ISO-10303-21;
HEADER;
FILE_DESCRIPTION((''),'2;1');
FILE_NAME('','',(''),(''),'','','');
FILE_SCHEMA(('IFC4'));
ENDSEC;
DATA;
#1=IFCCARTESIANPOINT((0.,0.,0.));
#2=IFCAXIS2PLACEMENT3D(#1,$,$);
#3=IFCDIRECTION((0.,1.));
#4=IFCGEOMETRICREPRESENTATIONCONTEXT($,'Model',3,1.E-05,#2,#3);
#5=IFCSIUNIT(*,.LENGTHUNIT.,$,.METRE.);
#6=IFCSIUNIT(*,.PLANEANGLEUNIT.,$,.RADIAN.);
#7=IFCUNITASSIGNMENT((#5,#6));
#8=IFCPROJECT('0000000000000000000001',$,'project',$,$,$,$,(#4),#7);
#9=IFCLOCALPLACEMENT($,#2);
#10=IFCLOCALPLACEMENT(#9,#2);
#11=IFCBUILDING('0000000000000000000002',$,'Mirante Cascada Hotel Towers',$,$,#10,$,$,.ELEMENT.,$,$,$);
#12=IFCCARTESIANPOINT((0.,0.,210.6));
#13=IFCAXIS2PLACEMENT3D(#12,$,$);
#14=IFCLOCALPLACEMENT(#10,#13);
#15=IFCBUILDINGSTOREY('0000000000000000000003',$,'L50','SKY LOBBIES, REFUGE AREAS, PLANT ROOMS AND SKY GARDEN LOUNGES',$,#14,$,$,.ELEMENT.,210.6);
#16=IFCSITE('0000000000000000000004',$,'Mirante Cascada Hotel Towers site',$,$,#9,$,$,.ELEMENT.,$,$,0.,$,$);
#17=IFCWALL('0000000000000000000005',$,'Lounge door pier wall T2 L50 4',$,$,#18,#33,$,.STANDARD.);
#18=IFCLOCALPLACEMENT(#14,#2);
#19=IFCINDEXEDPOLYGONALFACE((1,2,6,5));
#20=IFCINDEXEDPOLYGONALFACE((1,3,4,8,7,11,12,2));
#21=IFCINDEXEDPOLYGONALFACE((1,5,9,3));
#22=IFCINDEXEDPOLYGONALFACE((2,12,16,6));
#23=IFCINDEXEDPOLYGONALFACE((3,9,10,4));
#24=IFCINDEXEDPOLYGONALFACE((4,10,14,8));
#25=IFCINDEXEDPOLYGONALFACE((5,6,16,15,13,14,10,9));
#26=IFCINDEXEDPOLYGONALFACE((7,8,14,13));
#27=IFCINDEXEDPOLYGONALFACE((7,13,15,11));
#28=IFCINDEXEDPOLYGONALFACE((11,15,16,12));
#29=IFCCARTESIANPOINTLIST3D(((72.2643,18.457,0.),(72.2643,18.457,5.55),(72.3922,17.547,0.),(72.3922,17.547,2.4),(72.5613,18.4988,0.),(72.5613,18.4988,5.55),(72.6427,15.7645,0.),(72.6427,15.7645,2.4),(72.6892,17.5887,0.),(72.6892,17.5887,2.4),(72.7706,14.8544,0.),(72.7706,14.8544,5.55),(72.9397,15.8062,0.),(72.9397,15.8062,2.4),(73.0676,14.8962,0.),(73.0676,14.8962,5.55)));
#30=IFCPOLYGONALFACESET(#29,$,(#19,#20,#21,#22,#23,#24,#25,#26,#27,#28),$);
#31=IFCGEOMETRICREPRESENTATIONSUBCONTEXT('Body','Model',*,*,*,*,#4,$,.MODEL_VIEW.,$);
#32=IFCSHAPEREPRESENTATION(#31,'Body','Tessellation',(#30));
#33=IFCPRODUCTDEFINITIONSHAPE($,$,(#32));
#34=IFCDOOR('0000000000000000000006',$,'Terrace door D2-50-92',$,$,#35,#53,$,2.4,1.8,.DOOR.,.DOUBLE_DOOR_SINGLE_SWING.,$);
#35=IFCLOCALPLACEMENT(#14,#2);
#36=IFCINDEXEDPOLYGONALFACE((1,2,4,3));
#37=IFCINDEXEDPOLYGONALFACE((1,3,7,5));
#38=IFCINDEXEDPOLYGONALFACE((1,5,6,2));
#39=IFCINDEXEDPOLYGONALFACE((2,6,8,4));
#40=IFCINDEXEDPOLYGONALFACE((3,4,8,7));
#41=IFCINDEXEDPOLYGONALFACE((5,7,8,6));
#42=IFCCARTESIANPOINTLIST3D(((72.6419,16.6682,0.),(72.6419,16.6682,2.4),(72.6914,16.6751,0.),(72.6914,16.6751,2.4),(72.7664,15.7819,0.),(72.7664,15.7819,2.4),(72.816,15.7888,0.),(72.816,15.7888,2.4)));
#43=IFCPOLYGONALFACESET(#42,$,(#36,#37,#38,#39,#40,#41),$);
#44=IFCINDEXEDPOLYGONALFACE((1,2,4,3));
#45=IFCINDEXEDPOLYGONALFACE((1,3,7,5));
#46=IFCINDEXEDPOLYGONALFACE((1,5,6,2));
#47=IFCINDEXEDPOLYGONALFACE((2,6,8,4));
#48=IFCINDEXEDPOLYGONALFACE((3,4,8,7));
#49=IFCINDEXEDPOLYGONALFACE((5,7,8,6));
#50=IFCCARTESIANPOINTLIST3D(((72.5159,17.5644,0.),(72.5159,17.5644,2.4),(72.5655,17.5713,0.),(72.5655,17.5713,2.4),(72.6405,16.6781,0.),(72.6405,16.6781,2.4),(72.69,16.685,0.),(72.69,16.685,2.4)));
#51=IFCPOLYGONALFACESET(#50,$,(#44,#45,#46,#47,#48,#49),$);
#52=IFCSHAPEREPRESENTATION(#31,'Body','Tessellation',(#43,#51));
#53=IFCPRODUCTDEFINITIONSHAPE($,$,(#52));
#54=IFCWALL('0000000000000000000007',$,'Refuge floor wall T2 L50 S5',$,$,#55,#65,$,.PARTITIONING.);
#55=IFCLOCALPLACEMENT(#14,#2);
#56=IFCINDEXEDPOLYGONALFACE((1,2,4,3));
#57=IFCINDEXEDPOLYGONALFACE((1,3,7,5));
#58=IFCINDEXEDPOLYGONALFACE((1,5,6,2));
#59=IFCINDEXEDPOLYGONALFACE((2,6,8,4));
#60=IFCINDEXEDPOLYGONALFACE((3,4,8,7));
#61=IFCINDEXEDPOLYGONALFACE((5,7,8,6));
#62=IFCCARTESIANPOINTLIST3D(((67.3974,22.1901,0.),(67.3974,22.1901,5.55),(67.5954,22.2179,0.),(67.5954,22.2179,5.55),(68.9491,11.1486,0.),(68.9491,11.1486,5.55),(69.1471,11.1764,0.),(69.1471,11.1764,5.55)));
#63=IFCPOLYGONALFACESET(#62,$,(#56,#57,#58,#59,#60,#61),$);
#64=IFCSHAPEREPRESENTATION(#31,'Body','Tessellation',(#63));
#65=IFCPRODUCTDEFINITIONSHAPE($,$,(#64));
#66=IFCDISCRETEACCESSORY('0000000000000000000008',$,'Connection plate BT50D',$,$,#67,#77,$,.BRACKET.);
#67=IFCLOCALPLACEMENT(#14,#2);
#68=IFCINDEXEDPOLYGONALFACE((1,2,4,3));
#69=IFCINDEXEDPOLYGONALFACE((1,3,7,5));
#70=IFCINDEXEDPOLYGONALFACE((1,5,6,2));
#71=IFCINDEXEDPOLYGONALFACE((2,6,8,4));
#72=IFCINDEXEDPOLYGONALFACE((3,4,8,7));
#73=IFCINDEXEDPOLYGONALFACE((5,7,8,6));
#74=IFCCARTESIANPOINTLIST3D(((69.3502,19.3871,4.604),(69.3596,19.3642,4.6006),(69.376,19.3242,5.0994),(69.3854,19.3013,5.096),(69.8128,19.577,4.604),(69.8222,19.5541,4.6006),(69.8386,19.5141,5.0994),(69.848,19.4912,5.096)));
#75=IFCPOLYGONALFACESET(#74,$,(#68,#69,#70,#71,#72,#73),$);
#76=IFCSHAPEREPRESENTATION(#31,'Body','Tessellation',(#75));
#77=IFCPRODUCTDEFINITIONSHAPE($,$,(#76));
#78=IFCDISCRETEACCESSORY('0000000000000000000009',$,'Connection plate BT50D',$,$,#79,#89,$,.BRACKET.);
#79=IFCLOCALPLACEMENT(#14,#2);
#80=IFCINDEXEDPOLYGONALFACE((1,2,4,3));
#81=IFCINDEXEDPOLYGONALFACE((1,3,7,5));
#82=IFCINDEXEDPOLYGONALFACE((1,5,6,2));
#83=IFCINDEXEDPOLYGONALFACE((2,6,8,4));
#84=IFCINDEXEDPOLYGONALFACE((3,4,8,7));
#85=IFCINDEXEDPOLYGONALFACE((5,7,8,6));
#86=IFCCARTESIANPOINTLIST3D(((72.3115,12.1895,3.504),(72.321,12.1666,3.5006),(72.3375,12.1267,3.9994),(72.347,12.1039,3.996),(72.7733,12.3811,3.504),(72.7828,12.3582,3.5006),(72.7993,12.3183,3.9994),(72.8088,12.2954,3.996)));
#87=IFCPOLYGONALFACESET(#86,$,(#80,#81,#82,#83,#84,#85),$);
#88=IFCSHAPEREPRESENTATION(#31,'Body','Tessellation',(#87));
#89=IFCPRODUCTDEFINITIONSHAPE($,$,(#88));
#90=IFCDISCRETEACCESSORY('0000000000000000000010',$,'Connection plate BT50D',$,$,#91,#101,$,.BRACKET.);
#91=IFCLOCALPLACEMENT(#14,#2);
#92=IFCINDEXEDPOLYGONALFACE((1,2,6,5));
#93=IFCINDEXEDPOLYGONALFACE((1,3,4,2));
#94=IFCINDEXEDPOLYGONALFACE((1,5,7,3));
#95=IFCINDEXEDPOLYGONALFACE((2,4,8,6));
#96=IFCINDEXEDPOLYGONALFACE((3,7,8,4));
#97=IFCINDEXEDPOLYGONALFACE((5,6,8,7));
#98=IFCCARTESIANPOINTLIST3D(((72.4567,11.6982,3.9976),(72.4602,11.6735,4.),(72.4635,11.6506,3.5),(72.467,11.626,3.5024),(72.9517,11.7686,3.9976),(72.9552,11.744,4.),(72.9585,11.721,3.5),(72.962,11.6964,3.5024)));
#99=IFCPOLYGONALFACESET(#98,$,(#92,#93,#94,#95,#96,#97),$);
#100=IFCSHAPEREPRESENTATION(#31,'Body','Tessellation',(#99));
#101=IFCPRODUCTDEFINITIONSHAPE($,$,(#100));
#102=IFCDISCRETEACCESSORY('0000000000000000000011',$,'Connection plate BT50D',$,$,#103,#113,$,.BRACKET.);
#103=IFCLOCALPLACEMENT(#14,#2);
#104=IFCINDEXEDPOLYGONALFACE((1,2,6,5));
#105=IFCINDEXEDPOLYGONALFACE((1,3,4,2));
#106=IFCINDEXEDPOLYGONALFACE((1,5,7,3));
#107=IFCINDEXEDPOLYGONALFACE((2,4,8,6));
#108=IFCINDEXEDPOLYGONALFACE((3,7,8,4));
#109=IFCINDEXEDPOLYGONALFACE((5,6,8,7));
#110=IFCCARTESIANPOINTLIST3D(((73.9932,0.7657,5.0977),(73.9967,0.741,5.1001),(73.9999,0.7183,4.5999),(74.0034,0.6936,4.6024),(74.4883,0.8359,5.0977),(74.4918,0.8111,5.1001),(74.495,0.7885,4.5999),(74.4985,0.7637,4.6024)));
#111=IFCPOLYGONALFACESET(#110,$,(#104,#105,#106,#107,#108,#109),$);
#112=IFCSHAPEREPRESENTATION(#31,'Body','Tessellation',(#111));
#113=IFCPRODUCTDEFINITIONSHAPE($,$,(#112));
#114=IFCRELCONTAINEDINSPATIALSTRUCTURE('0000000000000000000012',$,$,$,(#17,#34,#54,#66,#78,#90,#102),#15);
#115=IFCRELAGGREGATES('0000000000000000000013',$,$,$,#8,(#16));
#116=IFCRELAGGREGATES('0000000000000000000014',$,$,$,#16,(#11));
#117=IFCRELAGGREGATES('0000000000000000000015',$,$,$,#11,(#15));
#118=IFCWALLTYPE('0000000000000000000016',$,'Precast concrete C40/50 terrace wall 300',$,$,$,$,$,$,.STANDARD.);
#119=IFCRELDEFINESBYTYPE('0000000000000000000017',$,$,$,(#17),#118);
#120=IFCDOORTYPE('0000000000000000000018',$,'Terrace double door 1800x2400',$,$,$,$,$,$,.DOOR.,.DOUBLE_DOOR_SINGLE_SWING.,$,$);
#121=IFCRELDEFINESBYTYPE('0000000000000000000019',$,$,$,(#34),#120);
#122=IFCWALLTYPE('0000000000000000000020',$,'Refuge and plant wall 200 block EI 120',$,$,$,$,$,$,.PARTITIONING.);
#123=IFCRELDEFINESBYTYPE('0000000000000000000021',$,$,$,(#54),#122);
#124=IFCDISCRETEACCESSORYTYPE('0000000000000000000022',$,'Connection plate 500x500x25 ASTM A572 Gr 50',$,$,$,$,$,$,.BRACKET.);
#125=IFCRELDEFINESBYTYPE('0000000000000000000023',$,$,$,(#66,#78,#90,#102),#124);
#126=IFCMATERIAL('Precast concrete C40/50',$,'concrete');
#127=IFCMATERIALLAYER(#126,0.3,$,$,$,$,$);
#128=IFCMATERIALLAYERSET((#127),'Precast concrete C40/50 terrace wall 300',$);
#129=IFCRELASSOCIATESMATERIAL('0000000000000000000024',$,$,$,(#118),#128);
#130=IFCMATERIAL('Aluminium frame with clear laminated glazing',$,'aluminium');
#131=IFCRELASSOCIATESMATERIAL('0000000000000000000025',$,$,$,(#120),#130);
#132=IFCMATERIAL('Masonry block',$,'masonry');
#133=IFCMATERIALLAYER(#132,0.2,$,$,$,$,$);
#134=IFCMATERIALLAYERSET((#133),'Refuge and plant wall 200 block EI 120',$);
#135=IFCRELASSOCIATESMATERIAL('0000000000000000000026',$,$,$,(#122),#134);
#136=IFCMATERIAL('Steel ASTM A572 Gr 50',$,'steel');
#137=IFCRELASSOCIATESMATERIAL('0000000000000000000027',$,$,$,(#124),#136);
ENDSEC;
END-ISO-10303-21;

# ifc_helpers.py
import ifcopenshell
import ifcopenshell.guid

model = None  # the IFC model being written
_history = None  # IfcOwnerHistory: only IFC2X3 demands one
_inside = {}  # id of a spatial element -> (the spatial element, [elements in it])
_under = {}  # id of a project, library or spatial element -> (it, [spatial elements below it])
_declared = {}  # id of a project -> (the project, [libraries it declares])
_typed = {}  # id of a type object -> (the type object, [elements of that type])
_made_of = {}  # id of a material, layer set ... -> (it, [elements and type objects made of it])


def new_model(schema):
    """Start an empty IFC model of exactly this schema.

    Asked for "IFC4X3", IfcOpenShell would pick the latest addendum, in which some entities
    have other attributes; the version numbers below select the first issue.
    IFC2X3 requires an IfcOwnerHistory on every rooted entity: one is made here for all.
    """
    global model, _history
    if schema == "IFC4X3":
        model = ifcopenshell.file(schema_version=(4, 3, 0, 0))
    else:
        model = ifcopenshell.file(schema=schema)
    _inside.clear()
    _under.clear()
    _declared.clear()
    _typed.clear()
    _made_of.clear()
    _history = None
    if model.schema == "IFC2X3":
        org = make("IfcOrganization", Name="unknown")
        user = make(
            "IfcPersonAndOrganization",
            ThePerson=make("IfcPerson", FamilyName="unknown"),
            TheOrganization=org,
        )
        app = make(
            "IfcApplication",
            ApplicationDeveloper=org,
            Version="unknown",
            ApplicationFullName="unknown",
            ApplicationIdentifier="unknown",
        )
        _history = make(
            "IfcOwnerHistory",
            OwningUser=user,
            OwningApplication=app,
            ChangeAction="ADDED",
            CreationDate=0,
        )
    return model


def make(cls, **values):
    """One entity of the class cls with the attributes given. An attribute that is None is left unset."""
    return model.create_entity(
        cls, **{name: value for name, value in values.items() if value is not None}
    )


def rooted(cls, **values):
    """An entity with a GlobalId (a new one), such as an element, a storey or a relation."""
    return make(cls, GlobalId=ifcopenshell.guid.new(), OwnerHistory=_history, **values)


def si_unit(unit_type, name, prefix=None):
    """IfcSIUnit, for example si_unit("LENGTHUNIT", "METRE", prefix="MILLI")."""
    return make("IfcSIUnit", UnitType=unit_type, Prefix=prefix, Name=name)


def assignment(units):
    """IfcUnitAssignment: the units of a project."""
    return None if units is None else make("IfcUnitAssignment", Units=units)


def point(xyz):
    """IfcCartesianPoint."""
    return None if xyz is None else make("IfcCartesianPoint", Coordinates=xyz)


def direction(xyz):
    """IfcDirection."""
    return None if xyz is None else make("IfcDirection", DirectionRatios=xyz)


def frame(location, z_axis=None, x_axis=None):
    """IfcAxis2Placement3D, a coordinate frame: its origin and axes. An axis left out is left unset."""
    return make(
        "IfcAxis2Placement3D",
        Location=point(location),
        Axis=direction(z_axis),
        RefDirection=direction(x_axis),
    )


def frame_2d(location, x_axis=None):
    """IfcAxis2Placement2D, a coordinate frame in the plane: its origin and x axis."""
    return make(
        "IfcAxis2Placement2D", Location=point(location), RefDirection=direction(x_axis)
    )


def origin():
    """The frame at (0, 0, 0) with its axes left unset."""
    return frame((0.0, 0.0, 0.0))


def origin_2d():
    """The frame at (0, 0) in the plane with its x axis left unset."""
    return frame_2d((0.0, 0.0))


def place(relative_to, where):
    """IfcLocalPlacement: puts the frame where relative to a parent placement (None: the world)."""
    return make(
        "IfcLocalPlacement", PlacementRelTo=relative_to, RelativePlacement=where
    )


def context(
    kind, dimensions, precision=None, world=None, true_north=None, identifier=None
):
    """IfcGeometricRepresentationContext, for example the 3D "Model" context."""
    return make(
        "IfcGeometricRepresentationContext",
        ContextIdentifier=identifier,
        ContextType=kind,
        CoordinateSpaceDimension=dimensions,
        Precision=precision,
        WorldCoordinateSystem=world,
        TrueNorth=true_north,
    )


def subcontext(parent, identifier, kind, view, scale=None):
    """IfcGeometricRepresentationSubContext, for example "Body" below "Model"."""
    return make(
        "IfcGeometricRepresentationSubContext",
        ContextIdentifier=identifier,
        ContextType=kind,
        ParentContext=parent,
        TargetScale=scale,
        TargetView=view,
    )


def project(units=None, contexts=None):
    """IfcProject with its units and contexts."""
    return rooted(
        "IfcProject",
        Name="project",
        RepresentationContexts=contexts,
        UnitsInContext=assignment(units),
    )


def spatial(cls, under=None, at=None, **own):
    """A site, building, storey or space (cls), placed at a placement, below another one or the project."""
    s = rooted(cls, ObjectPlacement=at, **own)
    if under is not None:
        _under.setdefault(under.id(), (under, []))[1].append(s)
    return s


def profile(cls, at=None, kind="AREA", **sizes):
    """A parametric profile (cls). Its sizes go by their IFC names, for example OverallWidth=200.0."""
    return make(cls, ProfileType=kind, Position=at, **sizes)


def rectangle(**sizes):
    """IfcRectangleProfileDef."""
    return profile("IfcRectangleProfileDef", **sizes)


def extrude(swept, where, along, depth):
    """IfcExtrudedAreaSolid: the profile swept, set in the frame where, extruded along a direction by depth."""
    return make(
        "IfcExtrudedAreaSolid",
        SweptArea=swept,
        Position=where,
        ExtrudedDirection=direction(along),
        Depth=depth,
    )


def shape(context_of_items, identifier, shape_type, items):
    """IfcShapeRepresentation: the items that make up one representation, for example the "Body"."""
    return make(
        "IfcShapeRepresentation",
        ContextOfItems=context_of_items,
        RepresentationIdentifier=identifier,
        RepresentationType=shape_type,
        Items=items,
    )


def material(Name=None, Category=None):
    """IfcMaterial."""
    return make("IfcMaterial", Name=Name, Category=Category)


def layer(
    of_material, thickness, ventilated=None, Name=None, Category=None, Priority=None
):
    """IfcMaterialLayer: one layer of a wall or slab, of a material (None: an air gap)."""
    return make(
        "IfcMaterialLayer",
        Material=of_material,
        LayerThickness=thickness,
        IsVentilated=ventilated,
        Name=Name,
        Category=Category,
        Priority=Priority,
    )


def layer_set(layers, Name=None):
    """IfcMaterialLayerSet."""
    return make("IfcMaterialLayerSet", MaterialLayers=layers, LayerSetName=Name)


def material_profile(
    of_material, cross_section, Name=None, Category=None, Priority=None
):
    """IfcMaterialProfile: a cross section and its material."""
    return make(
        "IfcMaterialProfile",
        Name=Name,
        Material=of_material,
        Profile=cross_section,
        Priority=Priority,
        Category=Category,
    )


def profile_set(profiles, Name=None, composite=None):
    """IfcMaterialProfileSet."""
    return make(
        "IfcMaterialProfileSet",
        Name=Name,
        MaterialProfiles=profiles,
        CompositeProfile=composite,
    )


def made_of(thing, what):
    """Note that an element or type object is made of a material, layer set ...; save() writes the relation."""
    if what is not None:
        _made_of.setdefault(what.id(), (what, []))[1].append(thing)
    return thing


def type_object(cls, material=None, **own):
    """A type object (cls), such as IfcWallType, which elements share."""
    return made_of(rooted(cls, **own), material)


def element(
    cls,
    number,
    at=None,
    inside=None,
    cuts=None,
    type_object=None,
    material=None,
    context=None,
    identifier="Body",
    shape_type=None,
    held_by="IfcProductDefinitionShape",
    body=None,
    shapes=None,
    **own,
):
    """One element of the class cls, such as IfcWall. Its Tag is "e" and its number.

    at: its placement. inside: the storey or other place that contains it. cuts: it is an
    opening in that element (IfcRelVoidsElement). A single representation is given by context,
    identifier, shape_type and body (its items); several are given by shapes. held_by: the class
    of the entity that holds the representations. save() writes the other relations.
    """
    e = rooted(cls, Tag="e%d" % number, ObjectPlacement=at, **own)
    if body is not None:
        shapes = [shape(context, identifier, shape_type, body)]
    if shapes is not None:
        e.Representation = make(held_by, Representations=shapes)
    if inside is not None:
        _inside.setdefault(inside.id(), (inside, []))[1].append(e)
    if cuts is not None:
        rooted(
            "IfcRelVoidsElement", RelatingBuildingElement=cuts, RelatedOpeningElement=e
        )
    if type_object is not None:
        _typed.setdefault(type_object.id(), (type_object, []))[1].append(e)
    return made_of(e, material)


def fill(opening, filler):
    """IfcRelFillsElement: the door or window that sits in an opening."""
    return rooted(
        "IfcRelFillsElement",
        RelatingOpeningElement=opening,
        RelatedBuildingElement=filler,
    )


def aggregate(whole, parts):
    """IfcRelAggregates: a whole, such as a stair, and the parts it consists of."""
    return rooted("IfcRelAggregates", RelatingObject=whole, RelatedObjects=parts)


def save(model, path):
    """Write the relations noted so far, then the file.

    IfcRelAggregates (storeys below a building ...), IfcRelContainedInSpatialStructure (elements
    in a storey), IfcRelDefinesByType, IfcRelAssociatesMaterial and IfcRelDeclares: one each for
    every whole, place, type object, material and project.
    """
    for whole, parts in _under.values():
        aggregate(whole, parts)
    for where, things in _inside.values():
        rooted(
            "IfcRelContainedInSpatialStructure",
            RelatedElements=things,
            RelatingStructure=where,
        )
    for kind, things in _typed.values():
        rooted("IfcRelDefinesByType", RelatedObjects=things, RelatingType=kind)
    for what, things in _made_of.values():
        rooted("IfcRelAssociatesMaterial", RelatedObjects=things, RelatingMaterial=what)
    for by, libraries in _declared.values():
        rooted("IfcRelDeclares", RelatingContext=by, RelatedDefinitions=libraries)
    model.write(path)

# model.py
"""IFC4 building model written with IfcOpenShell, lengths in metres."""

from ifc_helpers import new_model, si_unit, direction, frame, frame_2d, origin, origin_2d, place, context, subcontext, project, spatial, rectangle, extrude, material, layer, layer_set, material_profile, profile_set, type_object, element, fill, save


model = new_model("IFC4")

# Units and contexts
model_context = context("Model", 3, precision=1e-05, world=origin(), true_north=direction((0.0, 1.0)))
body_context = subcontext(model_context, "Body", "Model", "MODEL_VIEW")
ifc_project = project(units=[si_unit("LENGTHUNIT", "METRE"), si_unit("PLANEANGLEUNIT", "RADIAN")], contexts=[model_context])

# Site, building, storey
site_placement = place(None, origin())
site = spatial("IfcSite", under=ifc_project, at=site_placement, Name="Mirante Cascada Hotel Towers site", CompositionType="ELEMENT", RefElevation=0.0)
building_placement = place(site_placement, origin())
building = spatial("IfcBuilding", under=site, at=building_placement, Name="Mirante Cascada Hotel Towers", CompositionType="ELEMENT")
storey_placement = place(building_placement, frame((0.0, 0.0, 210.6)))
storey = spatial("IfcBuildingStorey", under=building, at=storey_placement, Name="L50", Description="SKY LOBBIES, REFUGE AREAS, PLANT ROOMS AND SKY GARDEN LOUNGES", CompositionType="ELEMENT", Elevation=210.6)

# Wall, opening, door
ifc_material_1 = material(Name="Precast concrete C40/50", Category="concrete")
ifc_layer_1 = layer(ifc_material_1, 0.3)
ifc_layer_set_1 = layer_set([ifc_layer_1], Name="Precast concrete C40/50 terrace wall 300")
wall_type_1 = type_object("IfcWallType", Name="Precast concrete C40/50 terrace wall 300", PredefinedType="STANDARD", material=ifc_layer_set_1)
ifc_material_2 = material(Name="Aluminium frame with clear laminated glazing", Category="aluminium")
door_type = type_object("IfcDoorType", Name="Terrace double door 1800x2400", OperationType="DOUBLE_DOOR_SINGLE_SWING", PredefinedType="DOOR", material=ifc_material_2)
wall_1_placement = place(storey_placement, frame((72.9191, 14.8753, 0.0), z_axis=(0.0, 0.0, 1.0), x_axis=(-0.13917, 0.990268, 0.0)))
wall_1 = element("IfcWall", 1, at=wall_1_placement, inside=storey, type_object=wall_type_1, Name="Lounge door pier wall T2 L50 4", PredefinedType="STANDARD", context=body_context, shape_type="SweptSolid", body=[
    extrude(rectangle(XDim=3.638, YDim=0.3, at=frame_2d((1.819, 0.0))), origin(), (0.0, 0.0, 1.0), 5.55),
])
opening_1_placement = place(wall_1_placement, frame((0.919, 0.0, 0.0)))
opening_1 = element("IfcOpeningElement", 2, at=opening_1_placement, cuts=wall_1, PredefinedType="OPENING", context=body_context, shape_type="SweptSolid", body=[
    extrude(rectangle(XDim=1.8, YDim=2.4, at=frame_2d((0.9, 1.2))), frame((0.0, 0.15, 0.0), z_axis=(0.0, -1.0, 0.0), x_axis=(1.0, 0.0, 0.0)), (0.0, 0.0, 1.0), 0.3),
])
door_1_placement = place(opening_1_placement, origin())
door_1 = element("IfcDoor", 3, at=door_1_placement, inside=storey, type_object=door_type, Name="Terrace door D2-50-92", OperationType="DOUBLE_DOOR_SINGLE_SWING", OverallHeight=2.4, OverallWidth=1.8, PredefinedType="DOOR", context=body_context, shape_type="SweptSolid", body=[
    extrude(rectangle(XDim=0.895, YDim=2.4, at=frame_2d((0.4475, 1.2))), frame((0.0, 0.025, 0.0), z_axis=(0.0, -1.0, 0.0), x_axis=(1.0, 0.0, 0.0)), (0.0, 0.0, 1.0), 0.05),
    extrude(rectangle(XDim=0.895, YDim=2.4, at=frame_2d((1.3525, 1.2))), frame((0.0, 0.025, 0.0), z_axis=(0.0, -1.0, 0.0), x_axis=(1.0, 0.0, 0.0)), (0.0, 0.0, 1.0), 0.05),
])
fill(opening_1, door_1)

# Wall
ifc_material_3 = material(Name="Masonry block", Category="masonry")
ifc_layer_2 = layer(ifc_material_3, 0.2)
ifc_layer_set_2 = layer_set([ifc_layer_2], Name="Refuge and plant wall 200 block EI 120")
wall_type_2 = type_object("IfcWallType", Name="Refuge and plant wall 200 block EI 120", PredefinedType="PARTITIONING", material=ifc_layer_set_2)
wall_2_placement = place(storey_placement, frame((69.0481, 11.1625, 0.0), z_axis=(0.0, 0.0, 1.0), x_axis=(-0.139166, 0.990269, 0.0)))
element("IfcWall", 4, at=wall_2_placement, inside=storey, type_object=wall_type_2, Name="Refuge floor wall T2 L50 S5", PredefinedType="PARTITIONING", context=body_context, shape_type="SweptSolid", body=[
    extrude(rectangle(XDim=11.15, YDim=0.2, at=frame_2d((5.575, 0.0))), origin(), (0.0, 0.0, 1.0), 5.55),
])

# Discrete accessories
ifc_material_4 = material(Name="Steel ASTM A572 Gr 50", Category="steel")
ifc_material_profile_1 = material_profile(ifc_material_4, rectangle(XDim=0.5, YDim=0.5, at=origin_2d()), Name="Connection plate 500x500x25 ASTM A572 Gr 50")
ifc_profile_set_1 = profile_set([ifc_material_profile_1], Name="Steel ASTM A572 Gr 50")
discrete_accessory_type = type_object("IfcDiscreteAccessoryType", Name="Connection plate 500x500x25 ASTM A572 Gr 50", PredefinedType="BRACKET", material=ifc_profile_set_1)
for number, where, z_axis, x_axis, name in (
    (5, (69.5944, 19.4506, 4.8517), (0.376202, -0.916491, -0.136073), (0.925096, 0.379734, 0.0), "Connection plate BT50D"),
    (6, (72.5554, 12.2539, 3.7517), (0.37963, -0.915107, -0.135868), (0.923673, 0.383183, 0.0), "Connection plate BT50D"),
    (7, (72.7076, 11.7096, 3.7488), (0.140205, -0.985444, 0.096141), (0.99003, 0.140858, 0.0), "Connection plate BT50D"),
):
    element("IfcDiscreteAccessory", number, at=place(storey_placement, frame(where, z_axis=z_axis, x_axis=x_axis)), inside=storey, type_object=discrete_accessory_type, Name=name, PredefinedType="BRACKET", context=body_context, shape_type="SweptSolid", body=[
        extrude(rectangle(XDim=0.5, YDim=0.5, at=origin_2d()), origin(), (0.0, 0.0, 1.0), 0.025),
    ])
discrete_accessory_placement = place(storey_placement, frame((74.2441, 0.7771, 4.8488), z_axis=(0.139654, -0.985559, 0.095763), x_axis=(0.990109, 0.140299, 0.0)))
element("IfcDiscreteAccessory", 8, at=discrete_accessory_placement, inside=storey, type_object=discrete_accessory_type, Name="Connection plate BT50D", PredefinedType="BRACKET", context=body_context, shape_type="SweptSolid", body=[
    extrude(rectangle(XDim=0.5, YDim=0.5, at=origin_2d()), origin(), (0.0, 0.0, 1.0), 0.0251),
])

save(model, "model.ifc")
